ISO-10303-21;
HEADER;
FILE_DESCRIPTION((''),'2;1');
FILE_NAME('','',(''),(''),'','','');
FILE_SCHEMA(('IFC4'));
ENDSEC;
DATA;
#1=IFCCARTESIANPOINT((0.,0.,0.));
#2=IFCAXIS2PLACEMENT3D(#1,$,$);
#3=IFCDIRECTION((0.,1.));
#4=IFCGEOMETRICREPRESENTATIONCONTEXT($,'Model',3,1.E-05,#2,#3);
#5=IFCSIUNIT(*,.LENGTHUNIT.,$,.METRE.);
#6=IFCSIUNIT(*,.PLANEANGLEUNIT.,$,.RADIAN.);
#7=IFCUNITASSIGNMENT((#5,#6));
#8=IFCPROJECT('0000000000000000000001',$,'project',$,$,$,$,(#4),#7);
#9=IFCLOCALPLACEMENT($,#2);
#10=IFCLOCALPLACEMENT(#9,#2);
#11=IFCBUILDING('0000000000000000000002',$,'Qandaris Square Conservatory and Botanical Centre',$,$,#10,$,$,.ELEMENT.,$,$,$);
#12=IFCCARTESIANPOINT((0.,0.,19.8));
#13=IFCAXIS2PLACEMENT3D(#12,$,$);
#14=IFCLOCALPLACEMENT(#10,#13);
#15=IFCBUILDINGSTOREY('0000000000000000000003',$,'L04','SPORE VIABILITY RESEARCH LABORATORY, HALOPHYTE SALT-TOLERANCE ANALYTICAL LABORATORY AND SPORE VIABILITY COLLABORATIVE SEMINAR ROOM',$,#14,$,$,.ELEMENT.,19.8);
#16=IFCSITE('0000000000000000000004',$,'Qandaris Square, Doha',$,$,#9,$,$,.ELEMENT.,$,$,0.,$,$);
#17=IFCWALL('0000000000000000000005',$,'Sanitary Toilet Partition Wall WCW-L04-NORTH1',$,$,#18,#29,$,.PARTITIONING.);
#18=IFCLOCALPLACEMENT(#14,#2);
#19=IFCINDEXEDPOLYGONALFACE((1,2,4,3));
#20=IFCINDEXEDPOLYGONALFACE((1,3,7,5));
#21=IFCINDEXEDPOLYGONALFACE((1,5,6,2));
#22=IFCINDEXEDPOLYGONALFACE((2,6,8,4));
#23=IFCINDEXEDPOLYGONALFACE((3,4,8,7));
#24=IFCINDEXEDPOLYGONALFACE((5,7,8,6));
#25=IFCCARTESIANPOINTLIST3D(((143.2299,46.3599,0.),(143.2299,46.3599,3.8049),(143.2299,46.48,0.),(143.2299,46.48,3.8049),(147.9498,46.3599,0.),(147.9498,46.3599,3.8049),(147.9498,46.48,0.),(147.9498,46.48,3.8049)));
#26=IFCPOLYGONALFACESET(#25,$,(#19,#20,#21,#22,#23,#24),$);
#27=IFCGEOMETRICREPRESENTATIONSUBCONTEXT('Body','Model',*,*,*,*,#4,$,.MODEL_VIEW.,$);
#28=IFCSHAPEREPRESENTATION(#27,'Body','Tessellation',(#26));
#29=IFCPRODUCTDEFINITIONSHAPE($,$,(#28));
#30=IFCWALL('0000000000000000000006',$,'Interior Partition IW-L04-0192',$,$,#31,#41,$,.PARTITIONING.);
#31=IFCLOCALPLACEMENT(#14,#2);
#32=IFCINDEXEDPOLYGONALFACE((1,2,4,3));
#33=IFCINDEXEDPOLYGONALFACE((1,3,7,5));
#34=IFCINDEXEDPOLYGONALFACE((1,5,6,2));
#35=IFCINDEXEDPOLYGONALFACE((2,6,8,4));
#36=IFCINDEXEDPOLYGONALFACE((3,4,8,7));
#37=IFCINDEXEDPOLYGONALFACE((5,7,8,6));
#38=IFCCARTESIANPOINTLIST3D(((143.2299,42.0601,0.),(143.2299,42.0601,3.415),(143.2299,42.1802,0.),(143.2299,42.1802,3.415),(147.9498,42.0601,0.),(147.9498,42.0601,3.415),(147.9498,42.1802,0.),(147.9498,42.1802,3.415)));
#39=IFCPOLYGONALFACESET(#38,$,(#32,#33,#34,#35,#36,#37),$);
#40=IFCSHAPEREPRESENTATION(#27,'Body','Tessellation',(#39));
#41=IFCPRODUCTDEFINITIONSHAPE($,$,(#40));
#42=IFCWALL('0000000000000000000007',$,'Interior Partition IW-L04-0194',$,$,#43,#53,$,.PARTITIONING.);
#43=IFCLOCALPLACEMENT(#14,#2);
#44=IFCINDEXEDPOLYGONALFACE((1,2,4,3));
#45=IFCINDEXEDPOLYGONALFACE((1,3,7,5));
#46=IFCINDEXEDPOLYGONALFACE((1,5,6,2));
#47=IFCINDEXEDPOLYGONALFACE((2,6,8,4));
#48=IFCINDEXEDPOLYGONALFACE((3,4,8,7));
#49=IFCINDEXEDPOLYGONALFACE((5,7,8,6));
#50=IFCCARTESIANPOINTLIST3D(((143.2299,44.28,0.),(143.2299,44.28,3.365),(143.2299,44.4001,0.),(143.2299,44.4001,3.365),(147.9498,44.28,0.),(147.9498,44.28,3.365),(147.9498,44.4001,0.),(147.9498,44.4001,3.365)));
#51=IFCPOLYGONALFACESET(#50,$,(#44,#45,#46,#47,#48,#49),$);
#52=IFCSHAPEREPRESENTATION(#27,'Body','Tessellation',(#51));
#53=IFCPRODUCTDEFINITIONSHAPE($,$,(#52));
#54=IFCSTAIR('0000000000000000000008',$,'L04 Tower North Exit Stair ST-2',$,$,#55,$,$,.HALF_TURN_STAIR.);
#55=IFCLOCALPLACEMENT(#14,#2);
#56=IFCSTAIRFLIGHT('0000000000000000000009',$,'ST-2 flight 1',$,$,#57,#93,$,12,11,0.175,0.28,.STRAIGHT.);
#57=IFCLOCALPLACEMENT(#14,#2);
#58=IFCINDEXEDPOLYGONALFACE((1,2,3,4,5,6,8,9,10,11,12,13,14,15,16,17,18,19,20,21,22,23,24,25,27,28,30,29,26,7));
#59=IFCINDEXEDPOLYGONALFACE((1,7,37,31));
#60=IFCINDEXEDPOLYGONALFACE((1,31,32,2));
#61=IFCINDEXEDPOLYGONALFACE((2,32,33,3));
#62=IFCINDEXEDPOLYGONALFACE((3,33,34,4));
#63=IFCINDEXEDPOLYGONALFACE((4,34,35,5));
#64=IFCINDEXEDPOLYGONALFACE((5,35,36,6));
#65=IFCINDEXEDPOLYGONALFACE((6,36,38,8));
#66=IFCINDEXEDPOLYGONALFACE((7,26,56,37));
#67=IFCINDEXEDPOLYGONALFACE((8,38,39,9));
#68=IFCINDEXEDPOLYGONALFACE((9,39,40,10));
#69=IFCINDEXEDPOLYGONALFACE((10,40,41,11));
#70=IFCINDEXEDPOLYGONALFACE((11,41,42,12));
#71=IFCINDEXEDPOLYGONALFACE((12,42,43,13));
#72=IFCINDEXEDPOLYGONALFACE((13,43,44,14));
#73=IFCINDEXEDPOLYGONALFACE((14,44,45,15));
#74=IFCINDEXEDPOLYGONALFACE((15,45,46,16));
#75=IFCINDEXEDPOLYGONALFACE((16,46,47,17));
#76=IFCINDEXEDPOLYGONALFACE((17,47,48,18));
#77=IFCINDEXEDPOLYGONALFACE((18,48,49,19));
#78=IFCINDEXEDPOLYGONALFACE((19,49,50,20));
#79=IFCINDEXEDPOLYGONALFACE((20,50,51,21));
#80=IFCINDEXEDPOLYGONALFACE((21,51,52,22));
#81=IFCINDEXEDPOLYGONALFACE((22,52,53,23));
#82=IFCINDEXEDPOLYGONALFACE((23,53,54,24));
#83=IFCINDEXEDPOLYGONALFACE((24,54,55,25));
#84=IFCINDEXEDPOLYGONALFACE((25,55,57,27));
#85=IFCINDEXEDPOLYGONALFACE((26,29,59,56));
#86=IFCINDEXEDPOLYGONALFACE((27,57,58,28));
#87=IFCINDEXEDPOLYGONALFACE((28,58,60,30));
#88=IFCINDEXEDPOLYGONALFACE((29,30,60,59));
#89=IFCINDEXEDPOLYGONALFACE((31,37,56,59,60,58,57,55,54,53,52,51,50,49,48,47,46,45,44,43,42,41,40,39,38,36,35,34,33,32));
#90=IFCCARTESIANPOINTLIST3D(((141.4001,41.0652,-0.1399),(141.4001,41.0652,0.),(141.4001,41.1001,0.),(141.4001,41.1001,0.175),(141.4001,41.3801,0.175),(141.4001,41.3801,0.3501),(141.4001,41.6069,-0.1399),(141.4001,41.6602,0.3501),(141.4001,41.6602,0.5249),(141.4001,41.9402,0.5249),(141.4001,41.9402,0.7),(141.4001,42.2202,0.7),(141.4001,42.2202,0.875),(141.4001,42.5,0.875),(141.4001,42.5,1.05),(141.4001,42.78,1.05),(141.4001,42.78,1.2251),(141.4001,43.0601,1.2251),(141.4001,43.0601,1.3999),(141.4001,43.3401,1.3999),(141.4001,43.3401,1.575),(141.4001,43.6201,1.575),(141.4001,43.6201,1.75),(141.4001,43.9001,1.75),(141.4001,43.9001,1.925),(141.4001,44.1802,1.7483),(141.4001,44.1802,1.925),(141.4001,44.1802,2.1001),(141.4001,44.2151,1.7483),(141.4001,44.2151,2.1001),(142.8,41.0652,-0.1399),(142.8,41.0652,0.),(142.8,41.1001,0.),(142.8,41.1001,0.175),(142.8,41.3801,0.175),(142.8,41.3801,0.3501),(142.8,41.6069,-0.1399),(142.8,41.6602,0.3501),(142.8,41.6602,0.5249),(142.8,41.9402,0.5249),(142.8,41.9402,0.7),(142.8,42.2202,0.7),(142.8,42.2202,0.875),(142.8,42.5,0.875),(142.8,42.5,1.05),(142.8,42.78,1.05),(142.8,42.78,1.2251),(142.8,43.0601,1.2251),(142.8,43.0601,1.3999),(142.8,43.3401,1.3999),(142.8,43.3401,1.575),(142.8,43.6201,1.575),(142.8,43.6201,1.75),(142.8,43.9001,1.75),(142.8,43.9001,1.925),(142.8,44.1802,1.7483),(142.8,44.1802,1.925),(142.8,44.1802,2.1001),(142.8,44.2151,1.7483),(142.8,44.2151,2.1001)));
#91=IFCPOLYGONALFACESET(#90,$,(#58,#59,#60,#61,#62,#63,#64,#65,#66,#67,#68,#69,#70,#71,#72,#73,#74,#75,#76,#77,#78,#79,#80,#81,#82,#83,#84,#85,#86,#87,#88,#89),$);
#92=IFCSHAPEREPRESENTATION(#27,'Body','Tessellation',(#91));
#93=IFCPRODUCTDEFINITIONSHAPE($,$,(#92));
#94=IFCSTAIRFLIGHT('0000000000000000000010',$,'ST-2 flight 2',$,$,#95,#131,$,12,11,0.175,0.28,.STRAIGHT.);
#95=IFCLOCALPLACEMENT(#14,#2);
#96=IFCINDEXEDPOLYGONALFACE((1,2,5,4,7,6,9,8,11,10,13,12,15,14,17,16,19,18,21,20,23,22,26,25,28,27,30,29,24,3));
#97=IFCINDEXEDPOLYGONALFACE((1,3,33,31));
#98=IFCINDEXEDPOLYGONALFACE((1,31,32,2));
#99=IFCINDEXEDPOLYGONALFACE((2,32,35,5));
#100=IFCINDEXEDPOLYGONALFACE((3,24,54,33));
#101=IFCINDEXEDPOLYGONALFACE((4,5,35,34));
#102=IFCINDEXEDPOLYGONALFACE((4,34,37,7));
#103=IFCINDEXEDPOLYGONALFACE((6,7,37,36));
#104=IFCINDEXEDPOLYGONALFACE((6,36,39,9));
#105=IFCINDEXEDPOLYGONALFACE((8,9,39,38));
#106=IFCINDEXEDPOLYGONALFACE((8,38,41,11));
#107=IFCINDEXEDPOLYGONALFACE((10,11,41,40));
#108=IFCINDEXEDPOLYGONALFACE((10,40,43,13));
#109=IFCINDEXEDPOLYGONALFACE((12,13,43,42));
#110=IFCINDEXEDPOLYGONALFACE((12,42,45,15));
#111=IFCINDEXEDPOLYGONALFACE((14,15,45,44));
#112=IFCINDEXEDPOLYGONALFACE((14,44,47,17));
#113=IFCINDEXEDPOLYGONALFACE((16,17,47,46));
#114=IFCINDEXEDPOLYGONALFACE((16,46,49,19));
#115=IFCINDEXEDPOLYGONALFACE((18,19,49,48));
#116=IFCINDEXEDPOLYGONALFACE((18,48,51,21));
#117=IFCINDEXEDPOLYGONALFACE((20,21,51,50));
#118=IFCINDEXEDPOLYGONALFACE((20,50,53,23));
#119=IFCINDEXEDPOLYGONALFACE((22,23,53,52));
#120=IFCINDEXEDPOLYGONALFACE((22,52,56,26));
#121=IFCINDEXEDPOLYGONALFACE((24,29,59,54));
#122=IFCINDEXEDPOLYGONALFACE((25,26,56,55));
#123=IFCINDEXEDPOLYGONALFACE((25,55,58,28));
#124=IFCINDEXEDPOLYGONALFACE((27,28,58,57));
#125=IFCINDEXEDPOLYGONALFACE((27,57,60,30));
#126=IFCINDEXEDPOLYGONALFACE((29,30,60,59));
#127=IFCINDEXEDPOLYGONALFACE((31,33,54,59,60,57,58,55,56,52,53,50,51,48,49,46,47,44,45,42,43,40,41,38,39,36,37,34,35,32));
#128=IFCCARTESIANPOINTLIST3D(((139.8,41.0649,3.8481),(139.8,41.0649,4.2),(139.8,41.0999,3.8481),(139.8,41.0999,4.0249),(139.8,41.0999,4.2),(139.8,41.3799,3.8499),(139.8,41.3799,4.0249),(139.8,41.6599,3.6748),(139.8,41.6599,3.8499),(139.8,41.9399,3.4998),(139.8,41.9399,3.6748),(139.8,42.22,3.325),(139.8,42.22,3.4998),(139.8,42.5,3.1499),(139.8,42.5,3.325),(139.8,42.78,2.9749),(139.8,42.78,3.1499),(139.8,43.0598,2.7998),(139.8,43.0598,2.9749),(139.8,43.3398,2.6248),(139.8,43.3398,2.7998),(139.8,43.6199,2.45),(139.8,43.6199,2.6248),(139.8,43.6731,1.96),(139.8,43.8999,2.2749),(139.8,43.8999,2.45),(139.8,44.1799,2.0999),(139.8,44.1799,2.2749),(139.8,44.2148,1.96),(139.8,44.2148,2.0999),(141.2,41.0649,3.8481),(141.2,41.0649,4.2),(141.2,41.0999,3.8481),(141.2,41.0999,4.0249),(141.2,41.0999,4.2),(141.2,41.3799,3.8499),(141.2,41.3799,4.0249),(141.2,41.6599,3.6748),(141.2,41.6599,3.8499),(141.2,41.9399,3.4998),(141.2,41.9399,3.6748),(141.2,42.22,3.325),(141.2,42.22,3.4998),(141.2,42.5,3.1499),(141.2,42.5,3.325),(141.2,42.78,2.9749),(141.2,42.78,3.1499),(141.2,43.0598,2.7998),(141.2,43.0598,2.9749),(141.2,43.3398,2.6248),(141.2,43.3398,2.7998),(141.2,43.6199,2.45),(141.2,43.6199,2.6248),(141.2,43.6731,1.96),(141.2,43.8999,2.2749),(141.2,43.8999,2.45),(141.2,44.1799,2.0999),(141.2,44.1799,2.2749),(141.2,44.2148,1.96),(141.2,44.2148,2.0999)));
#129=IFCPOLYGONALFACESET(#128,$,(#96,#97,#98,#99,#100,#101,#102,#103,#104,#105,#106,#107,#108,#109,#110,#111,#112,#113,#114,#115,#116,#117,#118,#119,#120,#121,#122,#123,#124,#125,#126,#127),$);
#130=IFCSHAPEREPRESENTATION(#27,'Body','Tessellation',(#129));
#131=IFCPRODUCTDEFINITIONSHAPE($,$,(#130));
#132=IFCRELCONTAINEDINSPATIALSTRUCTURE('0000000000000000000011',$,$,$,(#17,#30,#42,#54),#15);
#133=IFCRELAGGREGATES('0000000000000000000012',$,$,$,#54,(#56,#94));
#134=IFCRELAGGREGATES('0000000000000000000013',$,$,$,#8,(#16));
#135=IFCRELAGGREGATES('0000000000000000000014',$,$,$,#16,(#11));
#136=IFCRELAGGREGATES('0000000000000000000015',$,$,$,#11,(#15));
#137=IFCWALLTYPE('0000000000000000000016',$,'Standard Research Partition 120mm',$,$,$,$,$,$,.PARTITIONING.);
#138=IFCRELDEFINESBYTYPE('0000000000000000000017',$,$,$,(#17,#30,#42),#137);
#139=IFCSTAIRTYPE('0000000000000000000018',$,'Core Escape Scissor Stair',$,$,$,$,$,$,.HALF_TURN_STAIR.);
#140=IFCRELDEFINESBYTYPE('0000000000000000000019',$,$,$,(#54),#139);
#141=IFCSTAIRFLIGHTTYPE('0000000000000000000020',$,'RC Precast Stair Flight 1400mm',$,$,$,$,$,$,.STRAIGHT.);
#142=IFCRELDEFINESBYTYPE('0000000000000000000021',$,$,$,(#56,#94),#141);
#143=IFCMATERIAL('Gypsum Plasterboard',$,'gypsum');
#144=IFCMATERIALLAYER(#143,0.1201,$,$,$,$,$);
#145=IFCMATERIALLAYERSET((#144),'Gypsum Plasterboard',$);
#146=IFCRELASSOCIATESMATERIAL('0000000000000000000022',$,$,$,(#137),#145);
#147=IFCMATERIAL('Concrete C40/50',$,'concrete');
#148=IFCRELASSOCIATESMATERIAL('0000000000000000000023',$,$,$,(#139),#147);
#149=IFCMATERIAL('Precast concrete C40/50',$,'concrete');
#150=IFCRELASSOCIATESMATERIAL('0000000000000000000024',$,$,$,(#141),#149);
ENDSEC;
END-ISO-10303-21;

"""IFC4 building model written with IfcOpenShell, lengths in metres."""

from ifc_helpers import new_model, si_unit, direction, frame, frame_2d, origin, place, context, subcontext, project, spatial, polyline, rectangle, outline, extrude, material, layer, layer_set, type_object, element, aggregate, save


model = new_model("IFC4")

# Units and contexts
model_context = context("Model", 3, precision=1e-05, world=origin(), true_north=direction((0.0, 1.0)))
body_context = subcontext(model_context, "Body", "Model", "MODEL_VIEW")
ifc_project = project(units=[si_unit("LENGTHUNIT", "METRE"), si_unit("PLANEANGLEUNIT", "RADIAN")], contexts=[model_context])

# Site, building, storey
site_placement = place(None, origin())
site = spatial("IfcSite", under=ifc_project, at=site_placement, Name="Qandaris Square, Doha", CompositionType="ELEMENT", RefElevation=0.0)
building_placement = place(site_placement, origin())
building = spatial("IfcBuilding", under=site, at=building_placement, Name="Qandaris Square Conservatory and Botanical Centre", CompositionType="ELEMENT")
storey_placement = place(building_placement, frame((0.0, 0.0, 19.8)))
storey = spatial("IfcBuildingStorey", under=building, at=storey_placement, Name="L04", Description="SPORE VIABILITY RESEARCH LABORATORY, HALOPHYTE SALT-TOLERANCE ANALYTICAL LABORATORY AND SPORE VIABILITY COLLABORATIVE SEMINAR ROOM", CompositionType="ELEMENT", Elevation=19.8)

# Shared definitions
ifc_material_1 = material(Name="Precast concrete C40/50", Category="concrete")

# Walls
ifc_material_2 = material(Name="Gypsum Plasterboard", Category="gypsum")
ifc_layer_1 = layer(ifc_material_2, 0.1201)
ifc_layer_set_1 = layer_set([ifc_layer_1], Name="Gypsum Plasterboard")
wall_type_1 = type_object("IfcWallType", Name="Standard Research Partition 120mm", PredefinedType="PARTITIONING", material=ifc_layer_set_1)
for number, where, z_axis, x_axis, name in (
    (1, (143.23, 46.4199, 0.0), (0.0, 0.0, 1.0), (1.0, 0.0, 0.0), "Sanitary Toilet Partition Wall WCW-L04-NORTH1"),
):
    element("IfcWall", number, at=place(storey_placement, frame(where, z_axis=z_axis, x_axis=x_axis)), inside=storey, type_object=wall_type_1, Name=name, PredefinedType="PARTITIONING", context=body_context, shape_type="SweptSolid", body=[
        extrude(rectangle(XDim=4.72, YDim=0.1201, at=frame_2d((2.3599, 0.0))), origin(), (0.0, 0.0, 1.0), 3.8049),
    ])
wall_1_placement = place(storey_placement, frame((143.23, 42.1201, 0.0), z_axis=(0.0, 0.0, 1.0), x_axis=(1.0, 0.0, 0.0)))
element("IfcWall", 2, at=wall_1_placement, inside=storey, type_object=wall_type_1, Name="Interior Partition IW-L04-0192", PredefinedType="PARTITIONING", context=body_context, shape_type="SweptSolid", body=[
    extrude(rectangle(XDim=4.72, YDim=0.1201, at=frame_2d((2.3599, 0.0))), origin(), (0.0, 0.0, 1.0), 3.415),
])
wall_2_placement = place(storey_placement, frame((143.23, 44.3401, 0.0), z_axis=(0.0, 0.0, 1.0), x_axis=(1.0, 0.0, 0.0)))
element("IfcWall", 3, at=wall_2_placement, inside=storey, type_object=wall_type_1, Name="Interior Partition IW-L04-0194", PredefinedType="PARTITIONING", context=body_context, shape_type="SweptSolid", body=[
    extrude(rectangle(XDim=4.72, YDim=0.1201, at=frame_2d((2.3599, 0.0))), origin(), (0.0, 0.0, 1.0), 3.365),
])

# Stair, stair flights
ifc_material_3 = material(Name="Concrete C40/50", Category="concrete")
stair_type = type_object("IfcStairType", Name="Core Escape Scissor Stair", PredefinedType="HALF_TURN_STAIR", material=ifc_material_3)
stair_placement = place(storey_placement, origin())
stair = element("IfcStair", 4, at=stair_placement, inside=storey, type_object=stair_type, Name="L04 Tower North Exit Stair ST-2", PredefinedType="HALF_TURN_STAIR")
stair_flight_type = type_object("IfcStairFlightType", Name="RC Precast Stair Flight 1400mm", PredefinedType="STRAIGHT", material=ifc_material_1)
stair_flight_1_placement = place(storey_placement, frame((142.1001, 41.1001, 0.0), z_axis=(0.0, 0.0, 1.0), x_axis=(0.0, 1.0, 0.0)))
stair_flight_1 = element("IfcStairFlight", 5, at=stair_flight_1_placement, type_object=stair_flight_type, Name="ST-2 flight 1", NumberOfRisers=12, NumberOfTreads=11, PredefinedType="STRAIGHT", RiserHeight=0.175, TreadLength=0.28, context=body_context, shape_type="SweptSolid", body=[
    extrude(outline(polyline([(-0.0349, 0.0), (0.0, 0.0), (0.0, 0.175), (0.28, 0.175), (0.28, 0.3501), (0.5601, 0.3501), (0.5601, 0.5249), (0.8401, 0.5249), (0.8401, 0.7), (1.1201, 0.7), (1.1201, 0.875), (1.3999, 0.875), (1.3999, 1.05), (1.6799, 1.05), (1.6799, 1.2251), (1.96, 1.2251), (1.96, 1.3999), (2.24, 1.3999), (2.24, 1.575), (2.52, 1.575), (2.52, 1.75), (2.8, 1.75), (2.8, 1.925), (3.0801, 1.925), (3.0801, 2.1001), (3.115, 2.1001), (3.115, 1.7483), (3.0801, 1.7483), (0.5068, -0.1399), (-0.0349, -0.1399), (-0.0349, 0.0)])), frame((0.0, 0.7, 0.0), z_axis=(0.0, -1.0, 0.0), x_axis=(1.0, 0.0, 0.0)), (0.0, 0.0, 1.0), 1.3999),
])
stair_flight_2_placement = place(storey_placement, frame((140.5, 44.1799, 2.0999), z_axis=(0.0, 0.0, 1.0), x_axis=(0.0, -1.0, 0.0)))
stair_flight_2 = element("IfcStairFlight", 6, at=stair_flight_2_placement, type_object=stair_flight_type, Name="ST-2 flight 2", NumberOfRisers=12, NumberOfTreads=11, PredefinedType="STRAIGHT", RiserHeight=0.175, TreadLength=0.28, context=body_context, shape_type="SweptSolid", body=[
    extrude(outline(polyline([(-0.0349, 0.0), (0.0, 0.0), (0.0, 0.175), (0.28, 0.175), (0.28, 0.3501), (0.5601, 0.3501), (0.5601, 0.5249), (0.8401, 0.5249), (0.8401, 0.7), (1.1201, 0.7), (1.1201, 0.875), (1.3999, 0.875), (1.3999, 1.05), (1.6799, 1.05), (1.6799, 1.2251), (1.96, 1.2251), (1.96, 1.3999), (2.24, 1.3999), (2.24, 1.575), (2.52, 1.575), (2.52, 1.75), (2.8, 1.75), (2.8, 1.925), (3.0801, 1.925), (3.0801, 2.1001), (3.115, 2.1001), (3.115, 1.7483), (3.0801, 1.7483), (0.5068, -0.1399), (-0.0349, -0.1399), (-0.0349, 0.0)])), frame((0.0, 0.7, 0.0), z_axis=(0.0, -1.0, 0.0), x_axis=(1.0, 0.0, 0.0)), (0.0, 0.0, 1.0), 1.3999),
])
aggregate(stair, [stair_flight_1, stair_flight_2])

save(model, "model.ifc")
